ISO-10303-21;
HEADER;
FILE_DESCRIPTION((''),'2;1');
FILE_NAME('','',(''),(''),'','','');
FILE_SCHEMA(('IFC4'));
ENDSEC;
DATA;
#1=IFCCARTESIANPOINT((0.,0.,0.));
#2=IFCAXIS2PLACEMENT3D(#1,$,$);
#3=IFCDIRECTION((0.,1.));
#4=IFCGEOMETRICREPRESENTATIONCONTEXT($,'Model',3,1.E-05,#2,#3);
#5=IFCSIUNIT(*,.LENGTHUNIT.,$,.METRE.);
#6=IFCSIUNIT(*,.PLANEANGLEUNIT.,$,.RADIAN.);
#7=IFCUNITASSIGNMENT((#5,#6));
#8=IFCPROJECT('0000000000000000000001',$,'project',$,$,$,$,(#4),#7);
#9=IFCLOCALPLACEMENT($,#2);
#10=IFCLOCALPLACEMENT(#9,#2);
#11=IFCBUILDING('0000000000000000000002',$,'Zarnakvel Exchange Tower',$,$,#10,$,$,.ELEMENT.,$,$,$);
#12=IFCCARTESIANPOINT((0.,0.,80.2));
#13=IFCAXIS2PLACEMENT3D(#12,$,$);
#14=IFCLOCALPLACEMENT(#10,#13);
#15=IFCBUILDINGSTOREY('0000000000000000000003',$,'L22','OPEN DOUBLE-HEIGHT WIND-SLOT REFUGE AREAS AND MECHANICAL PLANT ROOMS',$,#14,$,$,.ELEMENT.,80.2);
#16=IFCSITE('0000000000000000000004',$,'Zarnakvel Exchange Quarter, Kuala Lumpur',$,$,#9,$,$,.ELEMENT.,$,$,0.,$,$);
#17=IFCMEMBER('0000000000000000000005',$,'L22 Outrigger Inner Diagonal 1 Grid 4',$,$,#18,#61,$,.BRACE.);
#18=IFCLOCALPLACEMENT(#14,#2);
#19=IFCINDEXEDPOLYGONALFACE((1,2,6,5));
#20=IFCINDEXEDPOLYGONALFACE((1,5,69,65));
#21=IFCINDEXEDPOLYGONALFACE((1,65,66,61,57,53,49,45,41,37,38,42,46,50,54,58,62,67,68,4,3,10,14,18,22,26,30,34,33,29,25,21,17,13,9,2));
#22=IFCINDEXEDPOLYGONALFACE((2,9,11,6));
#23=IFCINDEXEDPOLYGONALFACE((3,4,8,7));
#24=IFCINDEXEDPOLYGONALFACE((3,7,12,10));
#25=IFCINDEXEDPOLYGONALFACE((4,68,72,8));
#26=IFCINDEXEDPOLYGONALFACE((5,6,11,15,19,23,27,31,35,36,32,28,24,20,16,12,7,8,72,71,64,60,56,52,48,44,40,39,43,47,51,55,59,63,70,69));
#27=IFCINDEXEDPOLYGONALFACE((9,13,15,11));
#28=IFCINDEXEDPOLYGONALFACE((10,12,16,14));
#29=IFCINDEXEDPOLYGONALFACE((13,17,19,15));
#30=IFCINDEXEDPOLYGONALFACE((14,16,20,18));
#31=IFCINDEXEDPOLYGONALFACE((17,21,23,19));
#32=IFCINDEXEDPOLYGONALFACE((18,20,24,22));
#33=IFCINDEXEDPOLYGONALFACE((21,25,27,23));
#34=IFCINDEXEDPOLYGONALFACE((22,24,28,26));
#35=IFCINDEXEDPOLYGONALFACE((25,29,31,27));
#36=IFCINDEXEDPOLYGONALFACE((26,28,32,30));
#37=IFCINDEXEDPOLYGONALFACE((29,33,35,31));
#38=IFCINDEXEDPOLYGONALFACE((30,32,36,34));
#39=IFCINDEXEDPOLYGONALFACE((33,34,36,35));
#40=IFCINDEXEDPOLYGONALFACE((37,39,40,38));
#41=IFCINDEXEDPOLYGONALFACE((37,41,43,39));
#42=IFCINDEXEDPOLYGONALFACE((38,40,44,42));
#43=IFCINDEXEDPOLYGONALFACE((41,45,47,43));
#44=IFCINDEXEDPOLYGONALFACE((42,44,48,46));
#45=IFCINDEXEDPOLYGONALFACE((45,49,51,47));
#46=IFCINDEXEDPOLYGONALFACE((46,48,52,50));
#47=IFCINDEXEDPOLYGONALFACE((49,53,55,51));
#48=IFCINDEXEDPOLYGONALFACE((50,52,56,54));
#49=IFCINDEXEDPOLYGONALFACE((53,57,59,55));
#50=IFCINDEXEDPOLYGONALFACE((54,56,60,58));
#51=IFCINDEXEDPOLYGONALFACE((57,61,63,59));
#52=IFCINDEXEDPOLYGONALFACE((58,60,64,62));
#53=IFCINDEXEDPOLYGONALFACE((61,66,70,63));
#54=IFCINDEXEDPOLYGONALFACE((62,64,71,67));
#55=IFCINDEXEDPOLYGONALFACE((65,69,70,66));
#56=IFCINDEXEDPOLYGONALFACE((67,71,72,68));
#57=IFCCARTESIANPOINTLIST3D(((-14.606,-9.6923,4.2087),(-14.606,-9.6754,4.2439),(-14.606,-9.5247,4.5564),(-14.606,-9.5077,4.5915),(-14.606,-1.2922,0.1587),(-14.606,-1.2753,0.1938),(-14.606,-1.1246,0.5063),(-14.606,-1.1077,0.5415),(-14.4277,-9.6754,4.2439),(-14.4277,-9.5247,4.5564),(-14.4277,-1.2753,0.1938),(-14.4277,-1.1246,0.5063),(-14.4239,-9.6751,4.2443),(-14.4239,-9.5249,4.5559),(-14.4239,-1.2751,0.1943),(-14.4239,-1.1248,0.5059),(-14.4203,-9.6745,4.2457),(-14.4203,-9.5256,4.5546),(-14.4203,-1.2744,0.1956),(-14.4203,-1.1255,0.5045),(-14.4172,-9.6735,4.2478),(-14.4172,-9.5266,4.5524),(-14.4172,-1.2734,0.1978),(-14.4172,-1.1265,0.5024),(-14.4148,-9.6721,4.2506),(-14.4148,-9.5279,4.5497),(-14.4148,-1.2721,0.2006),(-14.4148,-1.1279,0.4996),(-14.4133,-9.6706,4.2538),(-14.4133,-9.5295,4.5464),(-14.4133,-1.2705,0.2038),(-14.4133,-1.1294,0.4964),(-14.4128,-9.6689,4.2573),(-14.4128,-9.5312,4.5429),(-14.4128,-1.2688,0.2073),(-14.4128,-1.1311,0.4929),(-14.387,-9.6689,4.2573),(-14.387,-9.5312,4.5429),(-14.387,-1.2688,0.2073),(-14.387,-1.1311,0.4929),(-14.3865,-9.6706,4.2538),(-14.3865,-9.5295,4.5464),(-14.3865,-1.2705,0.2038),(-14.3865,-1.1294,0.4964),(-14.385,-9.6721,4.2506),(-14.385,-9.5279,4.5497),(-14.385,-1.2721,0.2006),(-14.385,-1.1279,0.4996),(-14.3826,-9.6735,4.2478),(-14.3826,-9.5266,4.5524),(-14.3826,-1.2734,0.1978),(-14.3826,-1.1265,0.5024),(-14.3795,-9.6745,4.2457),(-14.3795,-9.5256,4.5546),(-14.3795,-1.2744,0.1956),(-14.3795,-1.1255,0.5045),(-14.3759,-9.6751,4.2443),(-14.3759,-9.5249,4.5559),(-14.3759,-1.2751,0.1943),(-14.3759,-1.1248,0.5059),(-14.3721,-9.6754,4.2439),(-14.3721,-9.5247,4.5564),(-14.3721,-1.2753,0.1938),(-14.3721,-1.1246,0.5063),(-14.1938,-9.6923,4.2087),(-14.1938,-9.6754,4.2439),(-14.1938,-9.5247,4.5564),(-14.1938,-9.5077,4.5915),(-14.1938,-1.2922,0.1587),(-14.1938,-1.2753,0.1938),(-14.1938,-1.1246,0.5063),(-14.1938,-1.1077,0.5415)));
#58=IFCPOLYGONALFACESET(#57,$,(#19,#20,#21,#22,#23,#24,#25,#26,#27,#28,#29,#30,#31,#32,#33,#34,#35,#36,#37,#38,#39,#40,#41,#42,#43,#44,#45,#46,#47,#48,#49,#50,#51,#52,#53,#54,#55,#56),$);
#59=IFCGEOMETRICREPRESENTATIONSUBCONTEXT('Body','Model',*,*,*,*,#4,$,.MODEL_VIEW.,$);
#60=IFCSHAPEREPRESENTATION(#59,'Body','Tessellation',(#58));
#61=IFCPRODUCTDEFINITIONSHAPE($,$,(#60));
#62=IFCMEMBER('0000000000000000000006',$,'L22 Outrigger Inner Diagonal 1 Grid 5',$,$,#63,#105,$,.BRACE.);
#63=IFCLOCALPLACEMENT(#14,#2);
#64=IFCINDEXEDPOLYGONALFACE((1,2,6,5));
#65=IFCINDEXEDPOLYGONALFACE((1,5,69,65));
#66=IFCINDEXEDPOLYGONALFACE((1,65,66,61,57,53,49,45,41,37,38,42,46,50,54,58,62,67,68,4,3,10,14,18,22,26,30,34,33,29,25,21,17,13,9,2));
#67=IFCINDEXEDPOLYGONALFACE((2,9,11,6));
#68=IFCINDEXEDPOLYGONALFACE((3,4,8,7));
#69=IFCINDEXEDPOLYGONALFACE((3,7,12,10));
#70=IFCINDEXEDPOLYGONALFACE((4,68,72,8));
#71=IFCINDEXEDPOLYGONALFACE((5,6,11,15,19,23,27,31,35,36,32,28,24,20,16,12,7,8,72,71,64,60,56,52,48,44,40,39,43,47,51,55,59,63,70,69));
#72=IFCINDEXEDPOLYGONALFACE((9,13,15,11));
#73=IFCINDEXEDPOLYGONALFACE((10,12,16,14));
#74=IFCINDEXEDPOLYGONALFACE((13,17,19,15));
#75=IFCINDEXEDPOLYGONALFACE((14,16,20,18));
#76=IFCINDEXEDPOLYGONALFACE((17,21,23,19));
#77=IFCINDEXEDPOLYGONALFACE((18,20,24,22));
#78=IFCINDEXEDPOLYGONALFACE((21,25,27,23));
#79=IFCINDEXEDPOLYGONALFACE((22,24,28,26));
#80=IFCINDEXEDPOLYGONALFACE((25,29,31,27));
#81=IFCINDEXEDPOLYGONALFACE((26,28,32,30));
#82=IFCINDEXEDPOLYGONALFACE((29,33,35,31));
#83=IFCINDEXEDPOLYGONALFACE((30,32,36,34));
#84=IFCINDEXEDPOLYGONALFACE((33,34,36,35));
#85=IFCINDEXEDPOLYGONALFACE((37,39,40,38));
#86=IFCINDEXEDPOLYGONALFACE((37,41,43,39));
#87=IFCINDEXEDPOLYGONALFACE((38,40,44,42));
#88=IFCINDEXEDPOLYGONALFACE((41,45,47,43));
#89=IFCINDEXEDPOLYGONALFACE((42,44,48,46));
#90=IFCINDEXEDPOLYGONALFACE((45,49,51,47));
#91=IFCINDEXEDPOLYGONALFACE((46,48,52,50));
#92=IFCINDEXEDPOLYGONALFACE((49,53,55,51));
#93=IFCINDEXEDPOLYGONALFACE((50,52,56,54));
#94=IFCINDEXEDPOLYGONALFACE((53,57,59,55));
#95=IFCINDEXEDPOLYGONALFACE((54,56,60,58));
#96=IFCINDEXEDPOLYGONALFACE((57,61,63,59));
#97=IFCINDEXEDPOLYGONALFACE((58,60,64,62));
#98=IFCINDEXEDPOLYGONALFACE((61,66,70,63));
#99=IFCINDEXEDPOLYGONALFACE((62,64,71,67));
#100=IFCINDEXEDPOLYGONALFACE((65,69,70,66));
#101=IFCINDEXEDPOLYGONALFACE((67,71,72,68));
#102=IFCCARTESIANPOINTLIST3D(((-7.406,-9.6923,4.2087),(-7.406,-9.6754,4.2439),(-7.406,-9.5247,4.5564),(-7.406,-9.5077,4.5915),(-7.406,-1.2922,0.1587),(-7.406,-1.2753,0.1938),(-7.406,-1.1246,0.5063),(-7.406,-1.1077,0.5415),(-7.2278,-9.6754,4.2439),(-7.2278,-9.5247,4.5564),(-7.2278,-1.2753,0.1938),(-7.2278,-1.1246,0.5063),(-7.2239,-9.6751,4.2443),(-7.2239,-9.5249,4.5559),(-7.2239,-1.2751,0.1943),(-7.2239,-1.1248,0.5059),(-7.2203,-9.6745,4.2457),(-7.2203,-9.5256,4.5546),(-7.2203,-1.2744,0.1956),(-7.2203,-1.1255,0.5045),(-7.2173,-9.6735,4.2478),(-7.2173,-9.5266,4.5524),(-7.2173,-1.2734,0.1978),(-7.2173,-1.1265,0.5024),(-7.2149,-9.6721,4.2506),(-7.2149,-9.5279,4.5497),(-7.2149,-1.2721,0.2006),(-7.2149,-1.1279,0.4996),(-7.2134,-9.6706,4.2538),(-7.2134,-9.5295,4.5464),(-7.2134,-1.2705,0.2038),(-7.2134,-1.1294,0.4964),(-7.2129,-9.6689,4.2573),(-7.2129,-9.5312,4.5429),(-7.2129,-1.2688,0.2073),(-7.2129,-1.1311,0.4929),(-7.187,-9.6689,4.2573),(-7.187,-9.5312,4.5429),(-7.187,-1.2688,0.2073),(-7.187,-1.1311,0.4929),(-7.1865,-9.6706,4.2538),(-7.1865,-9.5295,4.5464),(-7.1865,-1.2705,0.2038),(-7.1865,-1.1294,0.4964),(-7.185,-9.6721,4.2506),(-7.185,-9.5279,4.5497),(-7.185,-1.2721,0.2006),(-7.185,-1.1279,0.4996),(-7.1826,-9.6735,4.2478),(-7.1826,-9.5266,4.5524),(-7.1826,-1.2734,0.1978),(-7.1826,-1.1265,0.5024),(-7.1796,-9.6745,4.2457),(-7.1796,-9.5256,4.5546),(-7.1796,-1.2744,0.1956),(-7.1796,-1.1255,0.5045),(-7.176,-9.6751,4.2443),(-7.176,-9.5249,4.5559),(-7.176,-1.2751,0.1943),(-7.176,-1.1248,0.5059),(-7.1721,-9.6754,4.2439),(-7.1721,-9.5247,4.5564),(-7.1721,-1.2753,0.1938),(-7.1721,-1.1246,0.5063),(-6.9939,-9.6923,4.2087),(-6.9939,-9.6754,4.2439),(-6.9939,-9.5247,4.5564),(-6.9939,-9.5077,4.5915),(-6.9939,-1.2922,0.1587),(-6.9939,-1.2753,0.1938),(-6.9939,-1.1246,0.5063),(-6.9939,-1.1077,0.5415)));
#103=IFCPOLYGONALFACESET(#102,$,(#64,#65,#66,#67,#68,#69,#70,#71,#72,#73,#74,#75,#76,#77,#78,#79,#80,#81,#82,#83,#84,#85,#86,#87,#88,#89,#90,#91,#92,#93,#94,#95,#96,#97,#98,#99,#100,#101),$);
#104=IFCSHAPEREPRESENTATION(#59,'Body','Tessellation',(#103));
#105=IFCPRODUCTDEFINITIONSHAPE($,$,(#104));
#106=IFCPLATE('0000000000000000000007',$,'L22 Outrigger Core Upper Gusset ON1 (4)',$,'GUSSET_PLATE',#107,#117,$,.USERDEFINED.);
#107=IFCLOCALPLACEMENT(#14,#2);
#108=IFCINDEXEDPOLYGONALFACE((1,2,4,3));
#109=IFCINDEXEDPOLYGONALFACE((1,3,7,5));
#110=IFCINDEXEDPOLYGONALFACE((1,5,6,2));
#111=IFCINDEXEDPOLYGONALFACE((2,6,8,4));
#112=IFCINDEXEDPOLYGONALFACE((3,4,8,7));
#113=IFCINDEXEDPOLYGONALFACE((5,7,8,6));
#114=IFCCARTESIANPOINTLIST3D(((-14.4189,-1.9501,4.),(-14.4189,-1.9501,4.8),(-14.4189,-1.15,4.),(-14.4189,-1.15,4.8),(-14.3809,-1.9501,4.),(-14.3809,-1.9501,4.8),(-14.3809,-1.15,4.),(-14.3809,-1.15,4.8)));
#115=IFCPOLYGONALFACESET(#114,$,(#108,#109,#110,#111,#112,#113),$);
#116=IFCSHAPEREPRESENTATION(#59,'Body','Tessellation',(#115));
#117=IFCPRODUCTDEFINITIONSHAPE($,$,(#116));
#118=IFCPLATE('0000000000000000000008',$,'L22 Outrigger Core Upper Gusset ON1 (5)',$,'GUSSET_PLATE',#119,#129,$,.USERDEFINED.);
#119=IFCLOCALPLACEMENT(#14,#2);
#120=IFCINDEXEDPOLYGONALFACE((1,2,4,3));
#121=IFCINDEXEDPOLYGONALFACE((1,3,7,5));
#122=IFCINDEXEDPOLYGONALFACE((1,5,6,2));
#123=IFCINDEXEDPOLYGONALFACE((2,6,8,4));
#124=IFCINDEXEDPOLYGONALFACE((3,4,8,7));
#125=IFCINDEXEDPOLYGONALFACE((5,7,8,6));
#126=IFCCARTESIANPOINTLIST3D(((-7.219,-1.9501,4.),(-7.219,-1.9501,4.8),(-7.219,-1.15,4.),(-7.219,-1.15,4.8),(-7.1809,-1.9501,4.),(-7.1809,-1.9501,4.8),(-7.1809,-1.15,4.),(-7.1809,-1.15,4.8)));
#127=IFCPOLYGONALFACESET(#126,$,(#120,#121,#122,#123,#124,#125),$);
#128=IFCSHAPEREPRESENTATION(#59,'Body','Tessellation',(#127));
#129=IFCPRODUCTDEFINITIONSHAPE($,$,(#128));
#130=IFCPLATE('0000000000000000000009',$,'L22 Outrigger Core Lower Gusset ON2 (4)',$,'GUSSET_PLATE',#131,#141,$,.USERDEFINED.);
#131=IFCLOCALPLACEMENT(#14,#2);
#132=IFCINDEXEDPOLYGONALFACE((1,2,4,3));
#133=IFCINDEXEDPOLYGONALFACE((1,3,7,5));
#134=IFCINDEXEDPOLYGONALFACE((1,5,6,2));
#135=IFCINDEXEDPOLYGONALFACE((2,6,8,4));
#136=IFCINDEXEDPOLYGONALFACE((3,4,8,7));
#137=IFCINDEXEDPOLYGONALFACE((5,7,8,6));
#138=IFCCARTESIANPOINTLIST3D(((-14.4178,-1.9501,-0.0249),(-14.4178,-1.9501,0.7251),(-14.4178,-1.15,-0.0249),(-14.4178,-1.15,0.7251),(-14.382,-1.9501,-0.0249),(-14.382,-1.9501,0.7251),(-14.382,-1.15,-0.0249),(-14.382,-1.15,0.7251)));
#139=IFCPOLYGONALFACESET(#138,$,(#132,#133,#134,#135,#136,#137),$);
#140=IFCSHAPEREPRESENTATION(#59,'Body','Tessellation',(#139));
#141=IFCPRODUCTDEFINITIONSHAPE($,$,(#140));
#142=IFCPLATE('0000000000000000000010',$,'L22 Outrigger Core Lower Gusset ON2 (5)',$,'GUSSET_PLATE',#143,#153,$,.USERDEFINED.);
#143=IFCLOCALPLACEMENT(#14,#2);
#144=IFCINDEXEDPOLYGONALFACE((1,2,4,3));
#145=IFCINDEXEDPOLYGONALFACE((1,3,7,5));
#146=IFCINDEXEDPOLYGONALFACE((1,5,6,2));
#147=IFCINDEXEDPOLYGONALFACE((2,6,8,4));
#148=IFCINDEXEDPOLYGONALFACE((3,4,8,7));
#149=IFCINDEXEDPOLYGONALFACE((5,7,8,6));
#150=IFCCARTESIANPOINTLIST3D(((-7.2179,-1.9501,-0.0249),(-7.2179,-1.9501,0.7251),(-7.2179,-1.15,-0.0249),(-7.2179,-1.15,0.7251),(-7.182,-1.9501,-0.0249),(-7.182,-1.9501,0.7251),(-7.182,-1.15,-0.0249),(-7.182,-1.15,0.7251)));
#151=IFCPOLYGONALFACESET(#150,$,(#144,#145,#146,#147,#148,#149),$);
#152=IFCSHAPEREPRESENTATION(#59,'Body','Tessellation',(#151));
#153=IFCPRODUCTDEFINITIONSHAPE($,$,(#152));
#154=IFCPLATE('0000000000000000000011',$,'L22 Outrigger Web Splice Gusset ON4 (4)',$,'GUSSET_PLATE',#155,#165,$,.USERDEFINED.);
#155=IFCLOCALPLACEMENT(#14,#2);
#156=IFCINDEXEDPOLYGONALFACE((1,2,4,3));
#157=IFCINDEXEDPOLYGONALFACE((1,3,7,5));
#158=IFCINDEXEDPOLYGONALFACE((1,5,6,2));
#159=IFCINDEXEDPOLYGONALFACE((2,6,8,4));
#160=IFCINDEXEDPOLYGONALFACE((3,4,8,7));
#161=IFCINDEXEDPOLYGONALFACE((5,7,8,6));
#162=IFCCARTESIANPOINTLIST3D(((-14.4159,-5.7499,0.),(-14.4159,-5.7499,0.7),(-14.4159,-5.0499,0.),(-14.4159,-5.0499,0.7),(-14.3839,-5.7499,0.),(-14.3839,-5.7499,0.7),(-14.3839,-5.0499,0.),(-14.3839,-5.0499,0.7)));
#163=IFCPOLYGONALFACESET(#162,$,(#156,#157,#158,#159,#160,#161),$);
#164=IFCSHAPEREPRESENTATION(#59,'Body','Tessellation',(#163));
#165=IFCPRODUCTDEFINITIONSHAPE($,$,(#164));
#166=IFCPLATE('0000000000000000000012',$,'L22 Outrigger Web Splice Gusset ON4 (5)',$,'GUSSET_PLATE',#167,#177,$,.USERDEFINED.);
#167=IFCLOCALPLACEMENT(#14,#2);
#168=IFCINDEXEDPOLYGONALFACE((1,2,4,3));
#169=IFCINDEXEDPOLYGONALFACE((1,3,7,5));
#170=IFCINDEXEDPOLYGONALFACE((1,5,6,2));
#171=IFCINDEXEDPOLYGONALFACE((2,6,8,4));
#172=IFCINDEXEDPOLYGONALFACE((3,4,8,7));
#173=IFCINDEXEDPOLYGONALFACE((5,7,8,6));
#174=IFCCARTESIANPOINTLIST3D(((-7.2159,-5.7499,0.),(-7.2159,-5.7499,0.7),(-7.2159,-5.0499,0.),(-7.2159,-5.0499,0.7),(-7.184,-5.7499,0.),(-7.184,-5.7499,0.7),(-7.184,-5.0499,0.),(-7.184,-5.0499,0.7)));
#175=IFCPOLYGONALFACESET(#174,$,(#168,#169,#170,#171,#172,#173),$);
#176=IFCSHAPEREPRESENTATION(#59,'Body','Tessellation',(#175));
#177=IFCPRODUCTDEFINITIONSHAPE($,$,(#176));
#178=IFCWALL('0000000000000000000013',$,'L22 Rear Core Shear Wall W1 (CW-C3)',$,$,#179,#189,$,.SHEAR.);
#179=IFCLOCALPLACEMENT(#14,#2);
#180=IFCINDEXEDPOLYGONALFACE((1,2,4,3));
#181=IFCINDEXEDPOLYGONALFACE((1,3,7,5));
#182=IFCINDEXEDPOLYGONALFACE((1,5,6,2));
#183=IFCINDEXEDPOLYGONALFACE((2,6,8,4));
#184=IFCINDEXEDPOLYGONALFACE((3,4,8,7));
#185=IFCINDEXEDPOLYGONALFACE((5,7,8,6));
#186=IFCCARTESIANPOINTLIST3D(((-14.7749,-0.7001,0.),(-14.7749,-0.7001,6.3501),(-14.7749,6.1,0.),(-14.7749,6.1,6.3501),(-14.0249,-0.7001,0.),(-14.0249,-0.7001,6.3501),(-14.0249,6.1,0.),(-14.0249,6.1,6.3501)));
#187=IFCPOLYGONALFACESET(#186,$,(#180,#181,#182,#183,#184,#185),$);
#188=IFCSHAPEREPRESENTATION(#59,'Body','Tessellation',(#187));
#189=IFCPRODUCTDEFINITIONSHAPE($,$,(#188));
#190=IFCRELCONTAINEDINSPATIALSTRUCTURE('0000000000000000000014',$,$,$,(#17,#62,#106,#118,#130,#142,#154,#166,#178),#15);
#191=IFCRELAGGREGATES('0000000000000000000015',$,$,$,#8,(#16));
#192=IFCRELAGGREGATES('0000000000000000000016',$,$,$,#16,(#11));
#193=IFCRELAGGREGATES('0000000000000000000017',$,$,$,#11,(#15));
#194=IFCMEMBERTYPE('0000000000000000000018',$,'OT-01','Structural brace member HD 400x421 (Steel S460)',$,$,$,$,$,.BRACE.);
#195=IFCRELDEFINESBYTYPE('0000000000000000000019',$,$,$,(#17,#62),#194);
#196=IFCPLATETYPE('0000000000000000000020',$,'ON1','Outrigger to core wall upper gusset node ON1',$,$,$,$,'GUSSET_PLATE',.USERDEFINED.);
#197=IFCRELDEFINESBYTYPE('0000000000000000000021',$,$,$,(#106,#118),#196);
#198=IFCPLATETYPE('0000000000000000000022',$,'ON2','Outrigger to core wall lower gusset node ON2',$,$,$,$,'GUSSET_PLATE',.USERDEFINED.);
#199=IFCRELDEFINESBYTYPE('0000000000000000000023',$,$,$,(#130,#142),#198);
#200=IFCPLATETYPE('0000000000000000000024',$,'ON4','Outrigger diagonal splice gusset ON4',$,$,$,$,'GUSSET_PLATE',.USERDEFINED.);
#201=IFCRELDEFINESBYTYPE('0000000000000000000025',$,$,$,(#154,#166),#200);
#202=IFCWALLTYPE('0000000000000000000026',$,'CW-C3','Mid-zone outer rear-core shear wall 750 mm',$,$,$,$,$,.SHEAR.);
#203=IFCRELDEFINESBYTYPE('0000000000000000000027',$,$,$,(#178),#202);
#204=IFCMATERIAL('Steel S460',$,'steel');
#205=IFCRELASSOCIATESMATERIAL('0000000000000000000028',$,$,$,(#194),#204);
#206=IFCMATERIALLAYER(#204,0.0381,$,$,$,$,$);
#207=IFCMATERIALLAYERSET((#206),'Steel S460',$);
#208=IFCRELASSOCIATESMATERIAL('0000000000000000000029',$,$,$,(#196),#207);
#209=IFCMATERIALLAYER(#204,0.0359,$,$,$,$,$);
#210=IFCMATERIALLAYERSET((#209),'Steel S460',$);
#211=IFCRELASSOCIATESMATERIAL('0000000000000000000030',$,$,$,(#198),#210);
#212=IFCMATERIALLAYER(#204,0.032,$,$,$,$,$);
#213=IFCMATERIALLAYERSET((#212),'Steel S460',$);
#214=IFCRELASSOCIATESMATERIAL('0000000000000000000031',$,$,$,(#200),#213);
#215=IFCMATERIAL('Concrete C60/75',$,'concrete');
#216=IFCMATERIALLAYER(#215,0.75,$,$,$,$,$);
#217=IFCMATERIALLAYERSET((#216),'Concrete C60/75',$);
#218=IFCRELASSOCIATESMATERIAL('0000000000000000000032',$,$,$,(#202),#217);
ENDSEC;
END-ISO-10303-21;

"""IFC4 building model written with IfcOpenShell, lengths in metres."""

from ifc_helpers import new_model, si_unit, direction, frame, frame_2d, origin, origin_2d, place, context, subcontext, project, spatial, rectangle, i_section, extrude, source, transform, mapped, material, layer, layer_set, material_profile, profile_set, type_object, element, save


model = new_model("IFC4")

# Units and contexts
model_context = context("Model", 3, precision=1e-05, world=origin(), true_north=direction((0.0, 1.0)))
body_context = subcontext(model_context, "Body", "Model", "MODEL_VIEW")
ifc_project = project(units=[si_unit("LENGTHUNIT", "METRE"), si_unit("PLANEANGLEUNIT", "RADIAN")], contexts=[model_context])

# Site, building, storey
site_placement = place(None, origin())
site = spatial("IfcSite", under=ifc_project, at=site_placement, Name="Zarnakvel Exchange Quarter, Kuala Lumpur", CompositionType="ELEMENT", RefElevation=0.0)
building_placement = place(site_placement, origin())
building = spatial("IfcBuilding", under=site, at=building_placement, Name="Zarnakvel Exchange Tower", CompositionType="ELEMENT")
storey_placement = place(building_placement, frame((0.0, 0.0, 80.2)))
storey = spatial("IfcBuildingStorey", under=building, at=storey_placement, Name="L22", Description="OPEN DOUBLE-HEIGHT WIND-SLOT REFUGE AREAS AND MECHANICAL PLANT ROOMS", CompositionType="ELEMENT", Elevation=80.2)

# Shared definitions
ifc_material_1 = material(Name="Concrete C60/75", Category="concrete")

# Members
ifc_material_2 = material(Name="Steel S460", Category="steel")
ifc_material_profile_1 = material_profile(ifc_material_2, i_section(OverallWidth=0.4121, OverallDepth=0.425, WebThickness=0.0259, FlangeThickness=0.0391, FilletRadius=0.0149, at=origin_2d()))
ifc_profile_set_1 = profile_set([ifc_material_profile_1], Name="Steel S460")
member_type_1 = type_object("IfcMemberType", Name="OT-01", Description="Structural brace member HD 400x421 (Steel S460)", PredefinedType="BRACE", material=ifc_profile_set_1)
shared_shape_1 = source(origin(), body_context, "Body", "SweptSolid", [
    extrude(i_section(OverallWidth=0.4121, OverallDepth=0.425, WebThickness=0.0259, FlangeThickness=0.0391, FilletRadius=0.0149, at=origin_2d()), origin(), (0.0, 0.0, 1.0), 9.3254),
])
for number, where, z_axis, x_axis, name in (
    (1, (-14.3999, -1.2, 0.3501), (0.0, -0.90077, 0.434297), (1.0, 0.0, 0.0), "L22 Outrigger Inner Diagonal 1 Grid 4"),
    (2, (-7.2, -1.2, 0.3501), (0.0, -0.90077, 0.434297), (1.0, 0.0, 0.0), "L22 Outrigger Inner Diagonal 1 Grid 5"),
):
    element("IfcMember", number, at=place(storey_placement, frame(where, z_axis=z_axis, x_axis=x_axis)), inside=storey, type_object=member_type_1, Name=name, PredefinedType="BRACE", context=body_context, shape_type="MappedRepresentation", body=[
        mapped(shared_shape_1, transform((0.0, 0.0, 0.0), x_axis=(1.0, 0.0, 0.0), y_axis=(0.0, 1.0, 0.0), z_axis=(0.0, 0.0, 1.0), scale=1.0)),
    ])

# Plates
ifc_layer_1 = layer(ifc_material_2, 0.0381)
ifc_layer_set_1 = layer_set([ifc_layer_1], Name="Steel S460")
plate_type_1 = type_object("IfcPlateType", Name="ON1", Description="Outrigger to core wall upper gusset node ON1", ElementType="GUSSET_PLATE", PredefinedType="USERDEFINED", material=ifc_layer_set_1)
shared_shape_2 = source(origin(), body_context, "Body", "SweptSolid", [
    extrude(rectangle(XDim=0.0381, YDim=0.8, at=origin_2d()), origin(), (0.0, 0.0, 1.0), 0.8),
])
for number, where, z_axis, x_axis, name in (
    (3, (-14.3999, -1.55, 4.0), (0.0, 0.0, 1.0), (1.0, 0.0, 0.0), "L22 Outrigger Core Upper Gusset ON1 (4)"),
    (4, (-7.2, -1.55, 4.0), (0.0, 0.0, 1.0), (1.0, 0.0, 0.0), "L22 Outrigger Core Upper Gusset ON1 (5)"),
):
    element("IfcPlate", number, at=place(storey_placement, frame(where, z_axis=z_axis, x_axis=x_axis)), inside=storey, type_object=plate_type_1, Name=name, ObjectType="GUSSET_PLATE", PredefinedType="USERDEFINED", context=body_context, shape_type="MappedRepresentation", body=[
        mapped(shared_shape_2, transform((0.0, 0.0, 0.0), x_axis=(1.0, 0.0, 0.0), y_axis=(0.0, 1.0, 0.0), z_axis=(0.0, 0.0, 1.0), scale=1.0)),
    ])
ifc_layer_2 = layer(ifc_material_2, 0.0359)
ifc_layer_set_2 = layer_set([ifc_layer_2], Name="Steel S460")
plate_type_2 = type_object("IfcPlateType", Name="ON2", Description="Outrigger to core wall lower gusset node ON2", ElementType="GUSSET_PLATE", PredefinedType="USERDEFINED", material=ifc_layer_set_2)
shared_shape_3 = source(origin(), body_context, "Body", "SweptSolid", [
    extrude(rectangle(XDim=0.0359, YDim=0.8, at=origin_2d()), origin(), (0.0, 0.0, 1.0), 0.75),
])
for number, where, z_axis, x_axis, name in (
    (5, (-14.3999, -1.55, -0.0249), (0.0, 0.0, 1.0), (1.0, 0.0, 0.0), "L22 Outrigger Core Lower Gusset ON2 (4)"),
    (6, (-7.2, -1.55, -0.0249), (0.0, 0.0, 1.0), (1.0, 0.0, 0.0), "L22 Outrigger Core Lower Gusset ON2 (5)"),
):
    element("IfcPlate", number, at=place(storey_placement, frame(where, z_axis=z_axis, x_axis=x_axis)), inside=storey, type_object=plate_type_2, Name=name, ObjectType="GUSSET_PLATE", PredefinedType="USERDEFINED", context=body_context, shape_type="MappedRepresentation", body=[
        mapped(shared_shape_3, transform((0.0, 0.0, 0.0), x_axis=(1.0, 0.0, 0.0), y_axis=(0.0, 1.0, 0.0), z_axis=(0.0, 0.0, 1.0), scale=1.0)),
    ])
ifc_layer_3 = layer(ifc_material_2, 0.032)
ifc_layer_set_3 = layer_set([ifc_layer_3], Name="Steel S460")
plate_type_3 = type_object("IfcPlateType", Name="ON4", Description="Outrigger diagonal splice gusset ON4", ElementType="GUSSET_PLATE", PredefinedType="USERDEFINED", material=ifc_layer_set_3)
shared_shape_4 = source(origin(), body_context, "Body", "SweptSolid", [
    extrude(rectangle(XDim=0.032, YDim=0.7, at=origin_2d()), origin(), (0.0, 0.0, 1.0), 0.7),
])
for number, where, z_axis, x_axis, name in (
    (7, (-14.3999, -5.3999, 0.0), (0.0, 0.0, 1.0), (1.0, 0.0, 0.0), "L22 Outrigger Web Splice Gusset ON4 (4)"),
    (8, (-7.2, -5.3999, 0.0), (0.0, 0.0, 1.0), (1.0, 0.0, 0.0), "L22 Outrigger Web Splice Gusset ON4 (5)"),
):
    element("IfcPlate", number, at=place(storey_placement, frame(where, z_axis=z_axis, x_axis=x_axis)), inside=storey, type_object=plate_type_3, Name=name, ObjectType="GUSSET_PLATE", PredefinedType="USERDEFINED", context=body_context, shape_type="MappedRepresentation", body=[
        mapped(shared_shape_4, transform((0.0, 0.0, 0.0), x_axis=(1.0, 0.0, 0.0), y_axis=(0.0, 1.0, 0.0), z_axis=(0.0, 0.0, 1.0), scale=1.0)),
    ])

# Wall
ifc_layer_4 = layer(ifc_material_1, 0.75)
ifc_layer_set_4 = layer_set([ifc_layer_4], Name="Concrete C60/75")
wall_type_1 = type_object("IfcWallType", Name="CW-C3", Description="Mid-zone outer rear-core shear wall 750 mm", PredefinedType="SHEAR", material=ifc_layer_set_4)
wall_1_placement = place(storey_placement, frame((-14.3999, -0.7, 0.0), z_axis=(0.0, 0.0, 1.0), x_axis=(0.0, 1.0, 0.0)))
element("IfcWall", 9, at=wall_1_placement, inside=storey, type_object=wall_type_1, Name="L22 Rear Core Shear Wall W1 (CW-C3)", PredefinedType="SHEAR", context=body_context, shape_type="SweptSolid", body=[
    extrude(rectangle(XDim=6.8, YDim=0.75, at=frame_2d((3.3999, 0.0))), origin(), (0.0, 0.0, 1.0), 6.3501),
])

save(model, "model.ifc")
